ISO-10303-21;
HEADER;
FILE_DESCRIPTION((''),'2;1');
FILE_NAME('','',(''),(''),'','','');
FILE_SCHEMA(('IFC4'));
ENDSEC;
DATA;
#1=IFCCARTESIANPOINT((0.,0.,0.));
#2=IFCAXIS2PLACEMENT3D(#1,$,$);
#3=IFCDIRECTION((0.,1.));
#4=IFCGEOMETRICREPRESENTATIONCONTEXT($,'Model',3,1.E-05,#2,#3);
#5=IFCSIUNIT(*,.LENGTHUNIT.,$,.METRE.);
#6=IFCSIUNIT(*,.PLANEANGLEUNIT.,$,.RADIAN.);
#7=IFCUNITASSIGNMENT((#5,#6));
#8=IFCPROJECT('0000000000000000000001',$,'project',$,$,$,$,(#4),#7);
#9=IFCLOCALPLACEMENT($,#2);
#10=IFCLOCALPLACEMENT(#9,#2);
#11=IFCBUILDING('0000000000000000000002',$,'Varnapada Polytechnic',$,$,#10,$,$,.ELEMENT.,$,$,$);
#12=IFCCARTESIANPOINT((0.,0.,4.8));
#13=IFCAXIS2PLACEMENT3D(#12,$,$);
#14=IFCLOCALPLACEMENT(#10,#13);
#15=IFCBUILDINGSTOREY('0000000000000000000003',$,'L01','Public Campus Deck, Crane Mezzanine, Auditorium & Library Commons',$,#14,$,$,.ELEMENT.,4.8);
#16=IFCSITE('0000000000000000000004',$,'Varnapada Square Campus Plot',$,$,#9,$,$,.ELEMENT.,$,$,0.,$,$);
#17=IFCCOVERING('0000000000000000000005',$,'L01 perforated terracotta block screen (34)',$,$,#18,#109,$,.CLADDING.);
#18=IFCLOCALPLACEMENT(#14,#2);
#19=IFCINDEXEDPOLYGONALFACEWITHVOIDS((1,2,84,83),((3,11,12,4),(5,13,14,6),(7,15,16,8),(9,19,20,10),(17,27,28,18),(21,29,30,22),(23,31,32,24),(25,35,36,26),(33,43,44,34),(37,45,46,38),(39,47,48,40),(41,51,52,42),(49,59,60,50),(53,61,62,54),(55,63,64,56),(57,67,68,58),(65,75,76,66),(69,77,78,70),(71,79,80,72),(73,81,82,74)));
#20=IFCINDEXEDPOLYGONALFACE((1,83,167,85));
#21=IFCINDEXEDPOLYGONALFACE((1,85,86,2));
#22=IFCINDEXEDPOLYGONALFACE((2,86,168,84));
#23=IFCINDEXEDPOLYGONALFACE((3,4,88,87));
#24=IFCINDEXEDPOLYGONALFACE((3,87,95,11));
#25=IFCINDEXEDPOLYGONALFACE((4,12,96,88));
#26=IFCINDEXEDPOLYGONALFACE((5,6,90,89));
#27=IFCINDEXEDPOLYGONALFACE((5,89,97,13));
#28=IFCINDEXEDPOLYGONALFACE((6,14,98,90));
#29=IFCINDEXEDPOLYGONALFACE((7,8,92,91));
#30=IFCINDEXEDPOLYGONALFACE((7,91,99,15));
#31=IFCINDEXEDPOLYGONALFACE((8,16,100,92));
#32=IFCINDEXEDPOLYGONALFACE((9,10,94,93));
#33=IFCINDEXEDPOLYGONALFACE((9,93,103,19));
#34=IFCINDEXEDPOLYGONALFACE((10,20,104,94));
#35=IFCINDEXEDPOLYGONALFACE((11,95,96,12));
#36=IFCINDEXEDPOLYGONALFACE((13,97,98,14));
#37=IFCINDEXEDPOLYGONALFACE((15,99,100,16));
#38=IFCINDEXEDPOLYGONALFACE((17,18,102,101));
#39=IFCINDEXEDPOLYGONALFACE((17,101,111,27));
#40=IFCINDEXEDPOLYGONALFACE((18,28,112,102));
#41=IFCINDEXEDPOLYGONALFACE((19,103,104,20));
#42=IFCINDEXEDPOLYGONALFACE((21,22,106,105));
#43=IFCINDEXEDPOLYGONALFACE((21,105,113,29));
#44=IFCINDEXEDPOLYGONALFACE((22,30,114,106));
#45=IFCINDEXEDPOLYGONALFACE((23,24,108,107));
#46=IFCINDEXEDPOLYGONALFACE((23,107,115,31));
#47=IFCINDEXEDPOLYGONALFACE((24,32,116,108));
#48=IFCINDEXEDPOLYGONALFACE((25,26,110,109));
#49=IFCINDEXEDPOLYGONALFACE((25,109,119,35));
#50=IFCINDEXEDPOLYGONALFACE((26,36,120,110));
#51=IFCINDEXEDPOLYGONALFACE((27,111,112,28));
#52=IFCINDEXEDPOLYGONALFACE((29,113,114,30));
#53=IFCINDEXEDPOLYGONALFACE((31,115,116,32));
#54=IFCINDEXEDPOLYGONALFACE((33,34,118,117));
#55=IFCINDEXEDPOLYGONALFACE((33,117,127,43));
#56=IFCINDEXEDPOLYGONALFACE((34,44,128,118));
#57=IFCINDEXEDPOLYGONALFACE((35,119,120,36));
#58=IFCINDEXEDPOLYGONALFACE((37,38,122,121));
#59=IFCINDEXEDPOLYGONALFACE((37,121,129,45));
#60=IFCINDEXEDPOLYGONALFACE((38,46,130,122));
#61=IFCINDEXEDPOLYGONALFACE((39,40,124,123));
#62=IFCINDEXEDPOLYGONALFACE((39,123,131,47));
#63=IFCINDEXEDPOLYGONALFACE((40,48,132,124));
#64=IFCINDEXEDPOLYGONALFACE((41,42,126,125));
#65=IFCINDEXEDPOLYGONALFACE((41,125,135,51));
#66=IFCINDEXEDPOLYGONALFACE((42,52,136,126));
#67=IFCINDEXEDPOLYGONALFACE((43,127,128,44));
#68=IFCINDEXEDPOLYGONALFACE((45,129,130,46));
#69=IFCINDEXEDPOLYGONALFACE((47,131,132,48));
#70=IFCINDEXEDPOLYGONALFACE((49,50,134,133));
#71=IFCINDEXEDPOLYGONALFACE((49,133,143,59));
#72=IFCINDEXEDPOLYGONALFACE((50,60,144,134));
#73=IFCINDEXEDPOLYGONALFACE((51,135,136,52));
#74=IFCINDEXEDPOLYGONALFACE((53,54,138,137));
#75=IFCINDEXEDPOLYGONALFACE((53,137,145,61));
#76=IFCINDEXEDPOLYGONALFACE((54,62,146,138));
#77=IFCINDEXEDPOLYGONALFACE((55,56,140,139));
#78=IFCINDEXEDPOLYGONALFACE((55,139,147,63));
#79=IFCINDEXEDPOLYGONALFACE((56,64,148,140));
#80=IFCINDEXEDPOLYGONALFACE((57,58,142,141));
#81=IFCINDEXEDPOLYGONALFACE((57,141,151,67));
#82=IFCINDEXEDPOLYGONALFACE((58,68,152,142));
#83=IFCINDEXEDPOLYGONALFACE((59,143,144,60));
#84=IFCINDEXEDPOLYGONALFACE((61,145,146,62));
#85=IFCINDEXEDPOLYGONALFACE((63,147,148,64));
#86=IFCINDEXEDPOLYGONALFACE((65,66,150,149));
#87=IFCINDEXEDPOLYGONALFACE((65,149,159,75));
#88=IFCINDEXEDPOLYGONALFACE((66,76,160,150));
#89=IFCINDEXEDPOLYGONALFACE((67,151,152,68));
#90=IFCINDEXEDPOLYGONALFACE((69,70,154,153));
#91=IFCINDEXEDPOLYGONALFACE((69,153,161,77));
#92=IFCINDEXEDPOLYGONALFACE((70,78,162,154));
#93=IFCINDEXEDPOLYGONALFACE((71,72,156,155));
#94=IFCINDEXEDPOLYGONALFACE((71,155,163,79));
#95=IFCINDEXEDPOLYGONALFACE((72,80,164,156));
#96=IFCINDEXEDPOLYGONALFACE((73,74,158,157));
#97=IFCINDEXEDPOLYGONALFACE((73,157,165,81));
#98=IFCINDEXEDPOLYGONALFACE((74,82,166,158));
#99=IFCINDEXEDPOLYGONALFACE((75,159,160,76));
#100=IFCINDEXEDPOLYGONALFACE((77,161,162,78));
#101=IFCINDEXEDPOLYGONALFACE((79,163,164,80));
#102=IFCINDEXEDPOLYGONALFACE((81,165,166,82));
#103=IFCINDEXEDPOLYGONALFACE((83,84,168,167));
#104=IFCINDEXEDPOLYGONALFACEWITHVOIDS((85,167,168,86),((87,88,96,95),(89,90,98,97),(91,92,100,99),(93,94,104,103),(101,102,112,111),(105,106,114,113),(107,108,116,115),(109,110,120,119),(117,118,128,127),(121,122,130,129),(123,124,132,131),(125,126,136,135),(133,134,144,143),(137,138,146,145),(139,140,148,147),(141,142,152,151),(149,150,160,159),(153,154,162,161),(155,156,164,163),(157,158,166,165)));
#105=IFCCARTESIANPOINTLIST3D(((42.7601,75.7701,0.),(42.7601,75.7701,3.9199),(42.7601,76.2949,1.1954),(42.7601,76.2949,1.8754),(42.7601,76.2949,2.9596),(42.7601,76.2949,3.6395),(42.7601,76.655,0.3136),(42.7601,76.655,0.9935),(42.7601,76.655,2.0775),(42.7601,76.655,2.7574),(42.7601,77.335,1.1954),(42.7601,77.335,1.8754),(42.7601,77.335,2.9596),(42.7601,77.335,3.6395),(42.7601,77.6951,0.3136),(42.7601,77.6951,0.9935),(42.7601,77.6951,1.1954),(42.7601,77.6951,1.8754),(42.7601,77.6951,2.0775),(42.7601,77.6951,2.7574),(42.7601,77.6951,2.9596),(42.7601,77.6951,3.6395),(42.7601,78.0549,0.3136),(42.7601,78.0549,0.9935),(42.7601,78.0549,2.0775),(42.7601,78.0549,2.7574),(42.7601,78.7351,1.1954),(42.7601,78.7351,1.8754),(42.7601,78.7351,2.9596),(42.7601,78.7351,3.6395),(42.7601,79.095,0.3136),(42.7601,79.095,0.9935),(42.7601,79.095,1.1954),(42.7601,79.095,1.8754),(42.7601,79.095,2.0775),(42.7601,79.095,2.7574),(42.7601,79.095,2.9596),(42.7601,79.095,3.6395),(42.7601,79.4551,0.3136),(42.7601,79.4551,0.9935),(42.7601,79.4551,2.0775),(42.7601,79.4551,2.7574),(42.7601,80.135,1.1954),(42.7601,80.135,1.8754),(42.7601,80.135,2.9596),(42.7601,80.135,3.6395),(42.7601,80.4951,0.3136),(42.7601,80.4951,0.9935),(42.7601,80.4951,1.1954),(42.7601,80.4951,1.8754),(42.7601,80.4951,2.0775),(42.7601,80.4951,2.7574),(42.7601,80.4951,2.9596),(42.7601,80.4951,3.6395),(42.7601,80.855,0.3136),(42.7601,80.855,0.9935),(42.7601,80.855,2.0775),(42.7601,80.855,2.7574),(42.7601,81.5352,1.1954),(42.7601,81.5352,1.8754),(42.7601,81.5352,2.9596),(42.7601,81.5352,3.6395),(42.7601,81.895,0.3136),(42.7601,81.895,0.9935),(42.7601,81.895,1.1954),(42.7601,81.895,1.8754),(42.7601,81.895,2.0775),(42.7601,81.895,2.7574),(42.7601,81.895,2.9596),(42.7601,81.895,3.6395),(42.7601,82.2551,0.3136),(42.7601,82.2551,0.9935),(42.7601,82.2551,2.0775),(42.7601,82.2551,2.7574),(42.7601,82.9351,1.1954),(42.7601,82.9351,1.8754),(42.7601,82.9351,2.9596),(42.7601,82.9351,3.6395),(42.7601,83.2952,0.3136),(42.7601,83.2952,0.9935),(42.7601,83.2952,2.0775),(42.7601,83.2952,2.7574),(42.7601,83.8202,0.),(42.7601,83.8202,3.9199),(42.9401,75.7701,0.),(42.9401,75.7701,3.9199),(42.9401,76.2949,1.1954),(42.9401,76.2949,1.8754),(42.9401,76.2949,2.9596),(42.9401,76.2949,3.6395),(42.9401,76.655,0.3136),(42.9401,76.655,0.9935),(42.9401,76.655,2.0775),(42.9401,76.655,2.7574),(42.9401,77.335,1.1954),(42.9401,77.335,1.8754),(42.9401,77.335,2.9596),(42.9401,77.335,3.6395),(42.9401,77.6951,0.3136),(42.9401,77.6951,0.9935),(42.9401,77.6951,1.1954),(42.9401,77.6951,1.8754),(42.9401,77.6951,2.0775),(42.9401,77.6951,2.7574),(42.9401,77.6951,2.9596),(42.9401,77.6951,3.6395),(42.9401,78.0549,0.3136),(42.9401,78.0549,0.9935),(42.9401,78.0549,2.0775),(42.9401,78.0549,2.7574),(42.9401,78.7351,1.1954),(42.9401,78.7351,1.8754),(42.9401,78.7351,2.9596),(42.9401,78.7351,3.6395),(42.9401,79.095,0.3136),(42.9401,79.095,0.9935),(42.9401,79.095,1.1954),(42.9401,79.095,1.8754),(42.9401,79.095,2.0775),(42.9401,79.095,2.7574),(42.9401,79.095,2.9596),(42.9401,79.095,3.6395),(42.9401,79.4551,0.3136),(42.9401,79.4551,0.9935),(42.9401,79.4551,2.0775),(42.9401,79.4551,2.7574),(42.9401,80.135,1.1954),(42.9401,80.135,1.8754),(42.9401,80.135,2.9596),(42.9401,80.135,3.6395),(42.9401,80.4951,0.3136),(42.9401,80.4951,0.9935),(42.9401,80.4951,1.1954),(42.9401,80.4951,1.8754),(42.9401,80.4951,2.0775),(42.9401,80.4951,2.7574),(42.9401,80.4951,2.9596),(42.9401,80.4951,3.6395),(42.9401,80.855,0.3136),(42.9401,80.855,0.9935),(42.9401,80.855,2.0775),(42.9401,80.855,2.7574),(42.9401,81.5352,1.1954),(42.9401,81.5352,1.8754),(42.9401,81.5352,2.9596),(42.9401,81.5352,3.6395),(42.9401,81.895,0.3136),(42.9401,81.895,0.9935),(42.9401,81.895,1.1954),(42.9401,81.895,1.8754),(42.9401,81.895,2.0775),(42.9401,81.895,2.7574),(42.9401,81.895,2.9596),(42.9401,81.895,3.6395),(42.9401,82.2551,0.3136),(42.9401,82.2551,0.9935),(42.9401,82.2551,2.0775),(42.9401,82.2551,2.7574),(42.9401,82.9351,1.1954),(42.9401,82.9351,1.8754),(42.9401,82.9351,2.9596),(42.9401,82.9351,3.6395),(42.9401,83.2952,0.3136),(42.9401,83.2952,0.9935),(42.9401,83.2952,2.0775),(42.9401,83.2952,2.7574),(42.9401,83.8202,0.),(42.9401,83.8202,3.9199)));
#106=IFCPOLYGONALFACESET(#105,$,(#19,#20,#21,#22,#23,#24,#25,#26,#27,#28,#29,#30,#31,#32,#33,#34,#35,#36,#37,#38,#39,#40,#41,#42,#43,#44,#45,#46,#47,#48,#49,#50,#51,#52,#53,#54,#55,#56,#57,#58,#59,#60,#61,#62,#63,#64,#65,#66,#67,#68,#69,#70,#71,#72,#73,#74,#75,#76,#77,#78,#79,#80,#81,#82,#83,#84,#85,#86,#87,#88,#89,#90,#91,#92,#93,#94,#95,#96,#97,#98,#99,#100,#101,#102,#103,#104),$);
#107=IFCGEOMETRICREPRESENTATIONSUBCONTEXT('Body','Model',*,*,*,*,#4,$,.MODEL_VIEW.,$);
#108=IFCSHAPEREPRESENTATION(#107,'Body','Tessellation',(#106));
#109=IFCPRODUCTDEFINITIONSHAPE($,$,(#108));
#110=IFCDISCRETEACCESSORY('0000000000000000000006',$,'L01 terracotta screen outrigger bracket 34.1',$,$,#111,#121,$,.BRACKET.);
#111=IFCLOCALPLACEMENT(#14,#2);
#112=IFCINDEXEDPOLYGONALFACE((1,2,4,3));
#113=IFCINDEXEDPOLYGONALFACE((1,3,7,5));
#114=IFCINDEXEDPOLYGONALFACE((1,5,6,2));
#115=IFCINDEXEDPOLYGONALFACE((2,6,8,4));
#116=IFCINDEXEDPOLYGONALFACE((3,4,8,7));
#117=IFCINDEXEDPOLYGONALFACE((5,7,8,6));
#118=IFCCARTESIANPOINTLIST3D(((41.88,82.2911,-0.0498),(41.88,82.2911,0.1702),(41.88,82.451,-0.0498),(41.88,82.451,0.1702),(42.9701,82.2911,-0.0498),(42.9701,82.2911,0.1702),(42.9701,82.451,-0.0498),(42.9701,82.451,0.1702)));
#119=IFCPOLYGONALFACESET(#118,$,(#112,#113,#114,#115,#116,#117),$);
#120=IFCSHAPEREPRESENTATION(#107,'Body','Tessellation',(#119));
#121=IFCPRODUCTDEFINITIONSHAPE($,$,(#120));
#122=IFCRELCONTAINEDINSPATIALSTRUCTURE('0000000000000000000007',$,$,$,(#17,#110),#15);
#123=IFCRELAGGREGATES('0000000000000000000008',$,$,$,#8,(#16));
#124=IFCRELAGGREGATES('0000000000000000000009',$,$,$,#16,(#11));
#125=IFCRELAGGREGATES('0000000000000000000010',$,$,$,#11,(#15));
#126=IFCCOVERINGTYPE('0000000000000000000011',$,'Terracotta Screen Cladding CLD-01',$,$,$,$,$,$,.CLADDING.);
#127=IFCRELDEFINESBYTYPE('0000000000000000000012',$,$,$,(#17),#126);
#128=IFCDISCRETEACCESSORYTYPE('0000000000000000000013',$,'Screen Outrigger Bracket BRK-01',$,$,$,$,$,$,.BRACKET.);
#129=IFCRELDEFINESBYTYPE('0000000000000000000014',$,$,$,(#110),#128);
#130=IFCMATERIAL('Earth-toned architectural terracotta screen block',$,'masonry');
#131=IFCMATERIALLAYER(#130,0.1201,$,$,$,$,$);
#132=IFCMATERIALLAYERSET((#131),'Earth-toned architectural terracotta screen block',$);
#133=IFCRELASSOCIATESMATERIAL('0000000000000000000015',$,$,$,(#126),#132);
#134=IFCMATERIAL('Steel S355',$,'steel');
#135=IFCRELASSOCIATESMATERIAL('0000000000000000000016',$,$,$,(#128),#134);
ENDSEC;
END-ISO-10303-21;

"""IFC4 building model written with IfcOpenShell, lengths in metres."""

from ifc_helpers import new_model, si_unit, direction, frame, frame_2d, origin, origin_2d, place, context, subcontext, project, spatial, rectangle, extrude, material, layer, layer_set, type_object, element, save


model = new_model("IFC4")

# Units and contexts
model_context = context("Model", 3, precision=1e-05, world=origin(), true_north=direction((0.0, 1.0)))
body_context = subcontext(model_context, "Body", "Model", "MODEL_VIEW")
ifc_project = project(units=[si_unit("LENGTHUNIT", "METRE"), si_unit("PLANEANGLEUNIT", "RADIAN")], contexts=[model_context])

# Site, building, storey
site_placement = place(None, origin())
site = spatial("IfcSite", under=ifc_project, at=site_placement, Name="Varnapada Square Campus Plot", CompositionType="ELEMENT", RefElevation=0.0)
building_placement = place(site_placement, origin())
building = spatial("IfcBuilding", under=site, at=building_placement, Name="Varnapada Polytechnic", CompositionType="ELEMENT")
storey_placement = place(building_placement, frame((0.0, 0.0, 4.8)))
storey = spatial("IfcBuildingStorey", under=building, at=storey_placement, Name="L01", Description="Public Campus Deck, Crane Mezzanine, Auditorium & Library Commons", CompositionType="ELEMENT", Elevation=4.8)

# Shared definitions
ifc_material_1 = material(Name="Steel S355", Category="steel")

# Covering, openings
ifc_material_2 = material(Name="Earth-toned architectural terracotta screen block", Category="masonry")
ifc_layer_1 = layer(ifc_material_2, 0.1201)
ifc_layer_set_1 = layer_set([ifc_layer_1], Name="Earth-toned architectural terracotta screen block")
covering_type = type_object("IfcCoveringType", Name="Terracotta Screen Cladding CLD-01", PredefinedType="CLADDING", material=ifc_layer_set_1)
covering_placement = place(storey_placement, frame((42.8501, 83.8201, 0.0), z_axis=(0.0, 0.0, 1.0), x_axis=(0.0, -1.0, 0.0)))
covering = element("IfcCovering", 1, at=covering_placement, inside=storey, type_object=covering_type, Name="L01 perforated terracotta block screen (34)", PredefinedType="CLADDING", context=body_context, shape_type="SweptSolid", body=[
    extrude(rectangle(XDim=8.05, YDim=0.1799, at=frame_2d((4.0249, 0.0))), origin(), (0.0, 0.0, 1.0), 3.9199),
])
opening_1_placement = place(covering_placement, frame((0.5249, 0.0, 0.3137)))
element("IfcOpeningElement", 2, at=opening_1_placement, cuts=covering, PredefinedType="OPENING", context=body_context, shape_type="SweptSolid", body=[
    extrude(rectangle(XDim=1.04, YDim=0.6799, at=frame_2d((0.52, 0.3398))), frame((0.0, 0.0999, 0.0), z_axis=(0.0, -1.0, 0.0), x_axis=(1.0, 0.0, 0.0)), (0.0, 0.0, 1.0), 0.2),
])
opening_2_placement = place(covering_placement, frame((1.925, 0.0, 0.3137)))
element("IfcOpeningElement", 3, at=opening_2_placement, cuts=covering, PredefinedType="OPENING", context=body_context, shape_type="SweptSolid", body=[
    extrude(rectangle(XDim=1.04, YDim=0.6799, at=frame_2d((0.52, 0.3398))), frame((0.0, 0.0999, 0.0), z_axis=(0.0, -1.0, 0.0), x_axis=(1.0, 0.0, 0.0)), (0.0, 0.0, 1.0), 0.2),
])
opening_3_placement = place(covering_placement, frame((3.325, 0.0, 0.3137)))
element("IfcOpeningElement", 4, at=opening_3_placement, cuts=covering, PredefinedType="OPENING", context=body_context, shape_type="SweptSolid", body=[
    extrude(rectangle(XDim=1.04, YDim=0.6799, at=frame_2d((0.52, 0.3398))), frame((0.0, 0.0999, 0.0), z_axis=(0.0, -1.0, 0.0), x_axis=(1.0, 0.0, 0.0)), (0.0, 0.0, 1.0), 0.2),
])
opening_4_placement = place(covering_placement, frame((4.7251, 0.0, 0.3137)))
element("IfcOpeningElement", 5, at=opening_4_placement, cuts=covering, PredefinedType="OPENING", context=body_context, shape_type="SweptSolid", body=[
    extrude(rectangle(XDim=1.04, YDim=0.6799, at=frame_2d((0.52, 0.3398))), frame((0.0, 0.0999, 0.0), z_axis=(0.0, -1.0, 0.0), x_axis=(1.0, 0.0, 0.0)), (0.0, 0.0, 1.0), 0.2),
])
opening_5_placement = place(covering_placement, frame((6.125, 0.0, 0.3137)))
element("IfcOpeningElement", 6, at=opening_5_placement, cuts=covering, PredefinedType="OPENING", context=body_context, shape_type="SweptSolid", body=[
    extrude(rectangle(XDim=1.04, YDim=0.6799, at=frame_2d((0.52, 0.3398))), frame((0.0, 0.0999, 0.0), z_axis=(0.0, -1.0, 0.0), x_axis=(1.0, 0.0, 0.0)), (0.0, 0.0, 1.0), 0.2),
])
opening_6_placement = place(covering_placement, frame((0.885, 0.0, 1.1956)))
element("IfcOpeningElement", 7, at=opening_6_placement, cuts=covering, PredefinedType="OPENING", context=body_context, shape_type="SweptSolid", body=[
    extrude(rectangle(XDim=1.04, YDim=0.6799, at=frame_2d((0.52, 0.3398))), frame((0.0, 0.0999, 0.0), z_axis=(0.0, -1.0, 0.0), x_axis=(1.0, 0.0, 0.0)), (0.0, 0.0, 1.0), 0.2),
])
opening_7_placement = place(covering_placement, frame((2.2849, 0.0, 1.1956)))
element("IfcOpeningElement", 8, at=opening_7_placement, cuts=covering, PredefinedType="OPENING", context=body_context, shape_type="SweptSolid", body=[
    extrude(rectangle(XDim=1.04, YDim=0.6799, at=frame_2d((0.52, 0.3398))), frame((0.0, 0.0999, 0.0), z_axis=(0.0, -1.0, 0.0), x_axis=(1.0, 0.0, 0.0)), (0.0, 0.0, 1.0), 0.2),
])
opening_8_placement = place(covering_placement, frame((3.6851, 0.0, 1.1956)))
element("IfcOpeningElement", 9, at=opening_8_placement, cuts=covering, PredefinedType="OPENING", context=body_context, shape_type="SweptSolid", body=[
    extrude(rectangle(XDim=1.04, YDim=0.6799, at=frame_2d((0.52, 0.3398))), frame((0.0, 0.0999, 0.0), z_axis=(0.0, -1.0, 0.0), x_axis=(1.0, 0.0, 0.0)), (0.0, 0.0, 1.0), 0.2),
])
opening_9_placement = place(covering_placement, frame((5.085, 0.0, 1.1956)))
element("IfcOpeningElement", 10, at=opening_9_placement, cuts=covering, PredefinedType="OPENING", context=body_context, shape_type="SweptSolid", body=[
    extrude(rectangle(XDim=1.04, YDim=0.6799, at=frame_2d((0.52, 0.3398))), frame((0.0, 0.0999, 0.0), z_axis=(0.0, -1.0, 0.0), x_axis=(1.0, 0.0, 0.0)), (0.0, 0.0, 1.0), 0.2),
])
opening_10_placement = place(covering_placement, frame((6.4851, 0.0, 1.1956)))
element("IfcOpeningElement", 11, at=opening_10_placement, cuts=covering, PredefinedType="OPENING", context=body_context, shape_type="SweptSolid", body=[
    extrude(rectangle(XDim=1.04, YDim=0.6799, at=frame_2d((0.52, 0.3398))), frame((0.0, 0.0999, 0.0), z_axis=(0.0, -1.0, 0.0), x_axis=(1.0, 0.0, 0.0)), (0.0, 0.0, 1.0), 0.2),
])
opening_11_placement = place(covering_placement, frame((0.5249, 0.0, 2.0776)))
element("IfcOpeningElement", 12, at=opening_11_placement, cuts=covering, PredefinedType="OPENING", context=body_context, shape_type="SweptSolid", body=[
    extrude(rectangle(XDim=1.04, YDim=0.6799, at=frame_2d((0.52, 0.3398))), frame((0.0, 0.0999, 0.0), z_axis=(0.0, -1.0, 0.0), x_axis=(1.0, 0.0, 0.0)), (0.0, 0.0, 1.0), 0.2),
])
opening_12_placement = place(covering_placement, frame((1.925, 0.0, 2.0776)))
element("IfcOpeningElement", 13, at=opening_12_placement, cuts=covering, PredefinedType="OPENING", context=body_context, shape_type="SweptSolid", body=[
    extrude(rectangle(XDim=1.04, YDim=0.6799, at=frame_2d((0.52, 0.3398))), frame((0.0, 0.0999, 0.0), z_axis=(0.0, -1.0, 0.0), x_axis=(1.0, 0.0, 0.0)), (0.0, 0.0, 1.0), 0.2),
])
opening_13_placement = place(covering_placement, frame((3.325, 0.0, 2.0776)))
element("IfcOpeningElement", 14, at=opening_13_placement, cuts=covering, PredefinedType="OPENING", context=body_context, shape_type="SweptSolid", body=[
    extrude(rectangle(XDim=1.04, YDim=0.6799, at=frame_2d((0.52, 0.3398))), frame((0.0, 0.0999, 0.0), z_axis=(0.0, -1.0, 0.0), x_axis=(1.0, 0.0, 0.0)), (0.0, 0.0, 1.0), 0.2),
])
opening_14_placement = place(covering_placement, frame((4.7251, 0.0, 2.0776)))
element("IfcOpeningElement", 15, at=opening_14_placement, cuts=covering, PredefinedType="OPENING", context=body_context, shape_type="SweptSolid", body=[
    extrude(rectangle(XDim=1.04, YDim=0.6799, at=frame_2d((0.52, 0.3398))), frame((0.0, 0.0999, 0.0), z_axis=(0.0, -1.0, 0.0), x_axis=(1.0, 0.0, 0.0)), (0.0, 0.0, 1.0), 0.2),
])
opening_15_placement = place(covering_placement, frame((6.125, 0.0, 2.0776)))
element("IfcOpeningElement", 16, at=opening_15_placement, cuts=covering, PredefinedType="OPENING", context=body_context, shape_type="SweptSolid", body=[
    extrude(rectangle(XDim=1.04, YDim=0.6799, at=frame_2d((0.52, 0.3398))), frame((0.0, 0.0999, 0.0), z_axis=(0.0, -1.0, 0.0), x_axis=(1.0, 0.0, 0.0)), (0.0, 0.0, 1.0), 0.2),
])
opening_16_placement = place(covering_placement, frame((0.885, 0.0, 2.9597)))
element("IfcOpeningElement", 17, at=opening_16_placement, cuts=covering, PredefinedType="OPENING", context=body_context, shape_type="SweptSolid", body=[
    extrude(rectangle(XDim=1.04, YDim=0.6799, at=frame_2d((0.52, 0.3398))), frame((0.0, 0.0999, 0.0), z_axis=(0.0, -1.0, 0.0), x_axis=(1.0, 0.0, 0.0)), (0.0, 0.0, 1.0), 0.2),
])
opening_17_placement = place(covering_placement, frame((2.2849, 0.0, 2.9597)))
element("IfcOpeningElement", 18, at=opening_17_placement, cuts=covering, PredefinedType="OPENING", context=body_context, shape_type="SweptSolid", body=[
    extrude(rectangle(XDim=1.04, YDim=0.6799, at=frame_2d((0.52, 0.3398))), frame((0.0, 0.0999, 0.0), z_axis=(0.0, -1.0, 0.0), x_axis=(1.0, 0.0, 0.0)), (0.0, 0.0, 1.0), 0.2),
])
opening_18_placement = place(covering_placement, frame((3.6851, 0.0, 2.9597)))
element("IfcOpeningElement", 19, at=opening_18_placement, cuts=covering, PredefinedType="OPENING", context=body_context, shape_type="SweptSolid", body=[
    extrude(rectangle(XDim=1.04, YDim=0.6799, at=frame_2d((0.52, 0.3398))), frame((0.0, 0.0999, 0.0), z_axis=(0.0, -1.0, 0.0), x_axis=(1.0, 0.0, 0.0)), (0.0, 0.0, 1.0), 0.2),
])
opening_19_placement = place(covering_placement, frame((5.085, 0.0, 2.9597)))
element("IfcOpeningElement", 20, at=opening_19_placement, cuts=covering, PredefinedType="OPENING", context=body_context, shape_type="SweptSolid", body=[
    extrude(rectangle(XDim=1.04, YDim=0.6799, at=frame_2d((0.52, 0.3398))), frame((0.0, 0.0999, 0.0), z_axis=(0.0, -1.0, 0.0), x_axis=(1.0, 0.0, 0.0)), (0.0, 0.0, 1.0), 0.2),
])
opening_20_placement = place(covering_placement, frame((6.4851, 0.0, 2.9597)))
element("IfcOpeningElement", 21, at=opening_20_placement, cuts=covering, PredefinedType="OPENING", context=body_context, shape_type="SweptSolid", body=[
    extrude(rectangle(XDim=1.04, YDim=0.6799, at=frame_2d((0.52, 0.3398))), frame((0.0, 0.0999, 0.0), z_axis=(0.0, -1.0, 0.0), x_axis=(1.0, 0.0, 0.0)), (0.0, 0.0, 1.0), 0.2),
])

# Discrete accessory
discrete_accessory_type = type_object("IfcDiscreteAccessoryType", Name="Screen Outrigger Bracket BRK-01", PredefinedType="BRACKET", material=ifc_material_1)
for number, where, z_axis, x_axis, name in (
    (22, (42.425, 82.3711, -0.0498), (0.0, 0.0, 1.0), (0.0, -1.0, 0.0), "L01 terracotta screen outrigger bracket 34.1"),
):
    element("IfcDiscreteAccessory", number, at=place(storey_placement, frame(where, z_axis=z_axis, x_axis=x_axis)), inside=storey, type_object=discrete_accessory_type, Name=name, PredefinedType="BRACKET", context=body_context, shape_type="SweptSolid", body=[
        extrude(rectangle(XDim=0.1599, YDim=1.0901, at=origin_2d()), origin(), (0.0, 0.0, 1.0), 0.22),
    ])

save(model, "model.ifc")
